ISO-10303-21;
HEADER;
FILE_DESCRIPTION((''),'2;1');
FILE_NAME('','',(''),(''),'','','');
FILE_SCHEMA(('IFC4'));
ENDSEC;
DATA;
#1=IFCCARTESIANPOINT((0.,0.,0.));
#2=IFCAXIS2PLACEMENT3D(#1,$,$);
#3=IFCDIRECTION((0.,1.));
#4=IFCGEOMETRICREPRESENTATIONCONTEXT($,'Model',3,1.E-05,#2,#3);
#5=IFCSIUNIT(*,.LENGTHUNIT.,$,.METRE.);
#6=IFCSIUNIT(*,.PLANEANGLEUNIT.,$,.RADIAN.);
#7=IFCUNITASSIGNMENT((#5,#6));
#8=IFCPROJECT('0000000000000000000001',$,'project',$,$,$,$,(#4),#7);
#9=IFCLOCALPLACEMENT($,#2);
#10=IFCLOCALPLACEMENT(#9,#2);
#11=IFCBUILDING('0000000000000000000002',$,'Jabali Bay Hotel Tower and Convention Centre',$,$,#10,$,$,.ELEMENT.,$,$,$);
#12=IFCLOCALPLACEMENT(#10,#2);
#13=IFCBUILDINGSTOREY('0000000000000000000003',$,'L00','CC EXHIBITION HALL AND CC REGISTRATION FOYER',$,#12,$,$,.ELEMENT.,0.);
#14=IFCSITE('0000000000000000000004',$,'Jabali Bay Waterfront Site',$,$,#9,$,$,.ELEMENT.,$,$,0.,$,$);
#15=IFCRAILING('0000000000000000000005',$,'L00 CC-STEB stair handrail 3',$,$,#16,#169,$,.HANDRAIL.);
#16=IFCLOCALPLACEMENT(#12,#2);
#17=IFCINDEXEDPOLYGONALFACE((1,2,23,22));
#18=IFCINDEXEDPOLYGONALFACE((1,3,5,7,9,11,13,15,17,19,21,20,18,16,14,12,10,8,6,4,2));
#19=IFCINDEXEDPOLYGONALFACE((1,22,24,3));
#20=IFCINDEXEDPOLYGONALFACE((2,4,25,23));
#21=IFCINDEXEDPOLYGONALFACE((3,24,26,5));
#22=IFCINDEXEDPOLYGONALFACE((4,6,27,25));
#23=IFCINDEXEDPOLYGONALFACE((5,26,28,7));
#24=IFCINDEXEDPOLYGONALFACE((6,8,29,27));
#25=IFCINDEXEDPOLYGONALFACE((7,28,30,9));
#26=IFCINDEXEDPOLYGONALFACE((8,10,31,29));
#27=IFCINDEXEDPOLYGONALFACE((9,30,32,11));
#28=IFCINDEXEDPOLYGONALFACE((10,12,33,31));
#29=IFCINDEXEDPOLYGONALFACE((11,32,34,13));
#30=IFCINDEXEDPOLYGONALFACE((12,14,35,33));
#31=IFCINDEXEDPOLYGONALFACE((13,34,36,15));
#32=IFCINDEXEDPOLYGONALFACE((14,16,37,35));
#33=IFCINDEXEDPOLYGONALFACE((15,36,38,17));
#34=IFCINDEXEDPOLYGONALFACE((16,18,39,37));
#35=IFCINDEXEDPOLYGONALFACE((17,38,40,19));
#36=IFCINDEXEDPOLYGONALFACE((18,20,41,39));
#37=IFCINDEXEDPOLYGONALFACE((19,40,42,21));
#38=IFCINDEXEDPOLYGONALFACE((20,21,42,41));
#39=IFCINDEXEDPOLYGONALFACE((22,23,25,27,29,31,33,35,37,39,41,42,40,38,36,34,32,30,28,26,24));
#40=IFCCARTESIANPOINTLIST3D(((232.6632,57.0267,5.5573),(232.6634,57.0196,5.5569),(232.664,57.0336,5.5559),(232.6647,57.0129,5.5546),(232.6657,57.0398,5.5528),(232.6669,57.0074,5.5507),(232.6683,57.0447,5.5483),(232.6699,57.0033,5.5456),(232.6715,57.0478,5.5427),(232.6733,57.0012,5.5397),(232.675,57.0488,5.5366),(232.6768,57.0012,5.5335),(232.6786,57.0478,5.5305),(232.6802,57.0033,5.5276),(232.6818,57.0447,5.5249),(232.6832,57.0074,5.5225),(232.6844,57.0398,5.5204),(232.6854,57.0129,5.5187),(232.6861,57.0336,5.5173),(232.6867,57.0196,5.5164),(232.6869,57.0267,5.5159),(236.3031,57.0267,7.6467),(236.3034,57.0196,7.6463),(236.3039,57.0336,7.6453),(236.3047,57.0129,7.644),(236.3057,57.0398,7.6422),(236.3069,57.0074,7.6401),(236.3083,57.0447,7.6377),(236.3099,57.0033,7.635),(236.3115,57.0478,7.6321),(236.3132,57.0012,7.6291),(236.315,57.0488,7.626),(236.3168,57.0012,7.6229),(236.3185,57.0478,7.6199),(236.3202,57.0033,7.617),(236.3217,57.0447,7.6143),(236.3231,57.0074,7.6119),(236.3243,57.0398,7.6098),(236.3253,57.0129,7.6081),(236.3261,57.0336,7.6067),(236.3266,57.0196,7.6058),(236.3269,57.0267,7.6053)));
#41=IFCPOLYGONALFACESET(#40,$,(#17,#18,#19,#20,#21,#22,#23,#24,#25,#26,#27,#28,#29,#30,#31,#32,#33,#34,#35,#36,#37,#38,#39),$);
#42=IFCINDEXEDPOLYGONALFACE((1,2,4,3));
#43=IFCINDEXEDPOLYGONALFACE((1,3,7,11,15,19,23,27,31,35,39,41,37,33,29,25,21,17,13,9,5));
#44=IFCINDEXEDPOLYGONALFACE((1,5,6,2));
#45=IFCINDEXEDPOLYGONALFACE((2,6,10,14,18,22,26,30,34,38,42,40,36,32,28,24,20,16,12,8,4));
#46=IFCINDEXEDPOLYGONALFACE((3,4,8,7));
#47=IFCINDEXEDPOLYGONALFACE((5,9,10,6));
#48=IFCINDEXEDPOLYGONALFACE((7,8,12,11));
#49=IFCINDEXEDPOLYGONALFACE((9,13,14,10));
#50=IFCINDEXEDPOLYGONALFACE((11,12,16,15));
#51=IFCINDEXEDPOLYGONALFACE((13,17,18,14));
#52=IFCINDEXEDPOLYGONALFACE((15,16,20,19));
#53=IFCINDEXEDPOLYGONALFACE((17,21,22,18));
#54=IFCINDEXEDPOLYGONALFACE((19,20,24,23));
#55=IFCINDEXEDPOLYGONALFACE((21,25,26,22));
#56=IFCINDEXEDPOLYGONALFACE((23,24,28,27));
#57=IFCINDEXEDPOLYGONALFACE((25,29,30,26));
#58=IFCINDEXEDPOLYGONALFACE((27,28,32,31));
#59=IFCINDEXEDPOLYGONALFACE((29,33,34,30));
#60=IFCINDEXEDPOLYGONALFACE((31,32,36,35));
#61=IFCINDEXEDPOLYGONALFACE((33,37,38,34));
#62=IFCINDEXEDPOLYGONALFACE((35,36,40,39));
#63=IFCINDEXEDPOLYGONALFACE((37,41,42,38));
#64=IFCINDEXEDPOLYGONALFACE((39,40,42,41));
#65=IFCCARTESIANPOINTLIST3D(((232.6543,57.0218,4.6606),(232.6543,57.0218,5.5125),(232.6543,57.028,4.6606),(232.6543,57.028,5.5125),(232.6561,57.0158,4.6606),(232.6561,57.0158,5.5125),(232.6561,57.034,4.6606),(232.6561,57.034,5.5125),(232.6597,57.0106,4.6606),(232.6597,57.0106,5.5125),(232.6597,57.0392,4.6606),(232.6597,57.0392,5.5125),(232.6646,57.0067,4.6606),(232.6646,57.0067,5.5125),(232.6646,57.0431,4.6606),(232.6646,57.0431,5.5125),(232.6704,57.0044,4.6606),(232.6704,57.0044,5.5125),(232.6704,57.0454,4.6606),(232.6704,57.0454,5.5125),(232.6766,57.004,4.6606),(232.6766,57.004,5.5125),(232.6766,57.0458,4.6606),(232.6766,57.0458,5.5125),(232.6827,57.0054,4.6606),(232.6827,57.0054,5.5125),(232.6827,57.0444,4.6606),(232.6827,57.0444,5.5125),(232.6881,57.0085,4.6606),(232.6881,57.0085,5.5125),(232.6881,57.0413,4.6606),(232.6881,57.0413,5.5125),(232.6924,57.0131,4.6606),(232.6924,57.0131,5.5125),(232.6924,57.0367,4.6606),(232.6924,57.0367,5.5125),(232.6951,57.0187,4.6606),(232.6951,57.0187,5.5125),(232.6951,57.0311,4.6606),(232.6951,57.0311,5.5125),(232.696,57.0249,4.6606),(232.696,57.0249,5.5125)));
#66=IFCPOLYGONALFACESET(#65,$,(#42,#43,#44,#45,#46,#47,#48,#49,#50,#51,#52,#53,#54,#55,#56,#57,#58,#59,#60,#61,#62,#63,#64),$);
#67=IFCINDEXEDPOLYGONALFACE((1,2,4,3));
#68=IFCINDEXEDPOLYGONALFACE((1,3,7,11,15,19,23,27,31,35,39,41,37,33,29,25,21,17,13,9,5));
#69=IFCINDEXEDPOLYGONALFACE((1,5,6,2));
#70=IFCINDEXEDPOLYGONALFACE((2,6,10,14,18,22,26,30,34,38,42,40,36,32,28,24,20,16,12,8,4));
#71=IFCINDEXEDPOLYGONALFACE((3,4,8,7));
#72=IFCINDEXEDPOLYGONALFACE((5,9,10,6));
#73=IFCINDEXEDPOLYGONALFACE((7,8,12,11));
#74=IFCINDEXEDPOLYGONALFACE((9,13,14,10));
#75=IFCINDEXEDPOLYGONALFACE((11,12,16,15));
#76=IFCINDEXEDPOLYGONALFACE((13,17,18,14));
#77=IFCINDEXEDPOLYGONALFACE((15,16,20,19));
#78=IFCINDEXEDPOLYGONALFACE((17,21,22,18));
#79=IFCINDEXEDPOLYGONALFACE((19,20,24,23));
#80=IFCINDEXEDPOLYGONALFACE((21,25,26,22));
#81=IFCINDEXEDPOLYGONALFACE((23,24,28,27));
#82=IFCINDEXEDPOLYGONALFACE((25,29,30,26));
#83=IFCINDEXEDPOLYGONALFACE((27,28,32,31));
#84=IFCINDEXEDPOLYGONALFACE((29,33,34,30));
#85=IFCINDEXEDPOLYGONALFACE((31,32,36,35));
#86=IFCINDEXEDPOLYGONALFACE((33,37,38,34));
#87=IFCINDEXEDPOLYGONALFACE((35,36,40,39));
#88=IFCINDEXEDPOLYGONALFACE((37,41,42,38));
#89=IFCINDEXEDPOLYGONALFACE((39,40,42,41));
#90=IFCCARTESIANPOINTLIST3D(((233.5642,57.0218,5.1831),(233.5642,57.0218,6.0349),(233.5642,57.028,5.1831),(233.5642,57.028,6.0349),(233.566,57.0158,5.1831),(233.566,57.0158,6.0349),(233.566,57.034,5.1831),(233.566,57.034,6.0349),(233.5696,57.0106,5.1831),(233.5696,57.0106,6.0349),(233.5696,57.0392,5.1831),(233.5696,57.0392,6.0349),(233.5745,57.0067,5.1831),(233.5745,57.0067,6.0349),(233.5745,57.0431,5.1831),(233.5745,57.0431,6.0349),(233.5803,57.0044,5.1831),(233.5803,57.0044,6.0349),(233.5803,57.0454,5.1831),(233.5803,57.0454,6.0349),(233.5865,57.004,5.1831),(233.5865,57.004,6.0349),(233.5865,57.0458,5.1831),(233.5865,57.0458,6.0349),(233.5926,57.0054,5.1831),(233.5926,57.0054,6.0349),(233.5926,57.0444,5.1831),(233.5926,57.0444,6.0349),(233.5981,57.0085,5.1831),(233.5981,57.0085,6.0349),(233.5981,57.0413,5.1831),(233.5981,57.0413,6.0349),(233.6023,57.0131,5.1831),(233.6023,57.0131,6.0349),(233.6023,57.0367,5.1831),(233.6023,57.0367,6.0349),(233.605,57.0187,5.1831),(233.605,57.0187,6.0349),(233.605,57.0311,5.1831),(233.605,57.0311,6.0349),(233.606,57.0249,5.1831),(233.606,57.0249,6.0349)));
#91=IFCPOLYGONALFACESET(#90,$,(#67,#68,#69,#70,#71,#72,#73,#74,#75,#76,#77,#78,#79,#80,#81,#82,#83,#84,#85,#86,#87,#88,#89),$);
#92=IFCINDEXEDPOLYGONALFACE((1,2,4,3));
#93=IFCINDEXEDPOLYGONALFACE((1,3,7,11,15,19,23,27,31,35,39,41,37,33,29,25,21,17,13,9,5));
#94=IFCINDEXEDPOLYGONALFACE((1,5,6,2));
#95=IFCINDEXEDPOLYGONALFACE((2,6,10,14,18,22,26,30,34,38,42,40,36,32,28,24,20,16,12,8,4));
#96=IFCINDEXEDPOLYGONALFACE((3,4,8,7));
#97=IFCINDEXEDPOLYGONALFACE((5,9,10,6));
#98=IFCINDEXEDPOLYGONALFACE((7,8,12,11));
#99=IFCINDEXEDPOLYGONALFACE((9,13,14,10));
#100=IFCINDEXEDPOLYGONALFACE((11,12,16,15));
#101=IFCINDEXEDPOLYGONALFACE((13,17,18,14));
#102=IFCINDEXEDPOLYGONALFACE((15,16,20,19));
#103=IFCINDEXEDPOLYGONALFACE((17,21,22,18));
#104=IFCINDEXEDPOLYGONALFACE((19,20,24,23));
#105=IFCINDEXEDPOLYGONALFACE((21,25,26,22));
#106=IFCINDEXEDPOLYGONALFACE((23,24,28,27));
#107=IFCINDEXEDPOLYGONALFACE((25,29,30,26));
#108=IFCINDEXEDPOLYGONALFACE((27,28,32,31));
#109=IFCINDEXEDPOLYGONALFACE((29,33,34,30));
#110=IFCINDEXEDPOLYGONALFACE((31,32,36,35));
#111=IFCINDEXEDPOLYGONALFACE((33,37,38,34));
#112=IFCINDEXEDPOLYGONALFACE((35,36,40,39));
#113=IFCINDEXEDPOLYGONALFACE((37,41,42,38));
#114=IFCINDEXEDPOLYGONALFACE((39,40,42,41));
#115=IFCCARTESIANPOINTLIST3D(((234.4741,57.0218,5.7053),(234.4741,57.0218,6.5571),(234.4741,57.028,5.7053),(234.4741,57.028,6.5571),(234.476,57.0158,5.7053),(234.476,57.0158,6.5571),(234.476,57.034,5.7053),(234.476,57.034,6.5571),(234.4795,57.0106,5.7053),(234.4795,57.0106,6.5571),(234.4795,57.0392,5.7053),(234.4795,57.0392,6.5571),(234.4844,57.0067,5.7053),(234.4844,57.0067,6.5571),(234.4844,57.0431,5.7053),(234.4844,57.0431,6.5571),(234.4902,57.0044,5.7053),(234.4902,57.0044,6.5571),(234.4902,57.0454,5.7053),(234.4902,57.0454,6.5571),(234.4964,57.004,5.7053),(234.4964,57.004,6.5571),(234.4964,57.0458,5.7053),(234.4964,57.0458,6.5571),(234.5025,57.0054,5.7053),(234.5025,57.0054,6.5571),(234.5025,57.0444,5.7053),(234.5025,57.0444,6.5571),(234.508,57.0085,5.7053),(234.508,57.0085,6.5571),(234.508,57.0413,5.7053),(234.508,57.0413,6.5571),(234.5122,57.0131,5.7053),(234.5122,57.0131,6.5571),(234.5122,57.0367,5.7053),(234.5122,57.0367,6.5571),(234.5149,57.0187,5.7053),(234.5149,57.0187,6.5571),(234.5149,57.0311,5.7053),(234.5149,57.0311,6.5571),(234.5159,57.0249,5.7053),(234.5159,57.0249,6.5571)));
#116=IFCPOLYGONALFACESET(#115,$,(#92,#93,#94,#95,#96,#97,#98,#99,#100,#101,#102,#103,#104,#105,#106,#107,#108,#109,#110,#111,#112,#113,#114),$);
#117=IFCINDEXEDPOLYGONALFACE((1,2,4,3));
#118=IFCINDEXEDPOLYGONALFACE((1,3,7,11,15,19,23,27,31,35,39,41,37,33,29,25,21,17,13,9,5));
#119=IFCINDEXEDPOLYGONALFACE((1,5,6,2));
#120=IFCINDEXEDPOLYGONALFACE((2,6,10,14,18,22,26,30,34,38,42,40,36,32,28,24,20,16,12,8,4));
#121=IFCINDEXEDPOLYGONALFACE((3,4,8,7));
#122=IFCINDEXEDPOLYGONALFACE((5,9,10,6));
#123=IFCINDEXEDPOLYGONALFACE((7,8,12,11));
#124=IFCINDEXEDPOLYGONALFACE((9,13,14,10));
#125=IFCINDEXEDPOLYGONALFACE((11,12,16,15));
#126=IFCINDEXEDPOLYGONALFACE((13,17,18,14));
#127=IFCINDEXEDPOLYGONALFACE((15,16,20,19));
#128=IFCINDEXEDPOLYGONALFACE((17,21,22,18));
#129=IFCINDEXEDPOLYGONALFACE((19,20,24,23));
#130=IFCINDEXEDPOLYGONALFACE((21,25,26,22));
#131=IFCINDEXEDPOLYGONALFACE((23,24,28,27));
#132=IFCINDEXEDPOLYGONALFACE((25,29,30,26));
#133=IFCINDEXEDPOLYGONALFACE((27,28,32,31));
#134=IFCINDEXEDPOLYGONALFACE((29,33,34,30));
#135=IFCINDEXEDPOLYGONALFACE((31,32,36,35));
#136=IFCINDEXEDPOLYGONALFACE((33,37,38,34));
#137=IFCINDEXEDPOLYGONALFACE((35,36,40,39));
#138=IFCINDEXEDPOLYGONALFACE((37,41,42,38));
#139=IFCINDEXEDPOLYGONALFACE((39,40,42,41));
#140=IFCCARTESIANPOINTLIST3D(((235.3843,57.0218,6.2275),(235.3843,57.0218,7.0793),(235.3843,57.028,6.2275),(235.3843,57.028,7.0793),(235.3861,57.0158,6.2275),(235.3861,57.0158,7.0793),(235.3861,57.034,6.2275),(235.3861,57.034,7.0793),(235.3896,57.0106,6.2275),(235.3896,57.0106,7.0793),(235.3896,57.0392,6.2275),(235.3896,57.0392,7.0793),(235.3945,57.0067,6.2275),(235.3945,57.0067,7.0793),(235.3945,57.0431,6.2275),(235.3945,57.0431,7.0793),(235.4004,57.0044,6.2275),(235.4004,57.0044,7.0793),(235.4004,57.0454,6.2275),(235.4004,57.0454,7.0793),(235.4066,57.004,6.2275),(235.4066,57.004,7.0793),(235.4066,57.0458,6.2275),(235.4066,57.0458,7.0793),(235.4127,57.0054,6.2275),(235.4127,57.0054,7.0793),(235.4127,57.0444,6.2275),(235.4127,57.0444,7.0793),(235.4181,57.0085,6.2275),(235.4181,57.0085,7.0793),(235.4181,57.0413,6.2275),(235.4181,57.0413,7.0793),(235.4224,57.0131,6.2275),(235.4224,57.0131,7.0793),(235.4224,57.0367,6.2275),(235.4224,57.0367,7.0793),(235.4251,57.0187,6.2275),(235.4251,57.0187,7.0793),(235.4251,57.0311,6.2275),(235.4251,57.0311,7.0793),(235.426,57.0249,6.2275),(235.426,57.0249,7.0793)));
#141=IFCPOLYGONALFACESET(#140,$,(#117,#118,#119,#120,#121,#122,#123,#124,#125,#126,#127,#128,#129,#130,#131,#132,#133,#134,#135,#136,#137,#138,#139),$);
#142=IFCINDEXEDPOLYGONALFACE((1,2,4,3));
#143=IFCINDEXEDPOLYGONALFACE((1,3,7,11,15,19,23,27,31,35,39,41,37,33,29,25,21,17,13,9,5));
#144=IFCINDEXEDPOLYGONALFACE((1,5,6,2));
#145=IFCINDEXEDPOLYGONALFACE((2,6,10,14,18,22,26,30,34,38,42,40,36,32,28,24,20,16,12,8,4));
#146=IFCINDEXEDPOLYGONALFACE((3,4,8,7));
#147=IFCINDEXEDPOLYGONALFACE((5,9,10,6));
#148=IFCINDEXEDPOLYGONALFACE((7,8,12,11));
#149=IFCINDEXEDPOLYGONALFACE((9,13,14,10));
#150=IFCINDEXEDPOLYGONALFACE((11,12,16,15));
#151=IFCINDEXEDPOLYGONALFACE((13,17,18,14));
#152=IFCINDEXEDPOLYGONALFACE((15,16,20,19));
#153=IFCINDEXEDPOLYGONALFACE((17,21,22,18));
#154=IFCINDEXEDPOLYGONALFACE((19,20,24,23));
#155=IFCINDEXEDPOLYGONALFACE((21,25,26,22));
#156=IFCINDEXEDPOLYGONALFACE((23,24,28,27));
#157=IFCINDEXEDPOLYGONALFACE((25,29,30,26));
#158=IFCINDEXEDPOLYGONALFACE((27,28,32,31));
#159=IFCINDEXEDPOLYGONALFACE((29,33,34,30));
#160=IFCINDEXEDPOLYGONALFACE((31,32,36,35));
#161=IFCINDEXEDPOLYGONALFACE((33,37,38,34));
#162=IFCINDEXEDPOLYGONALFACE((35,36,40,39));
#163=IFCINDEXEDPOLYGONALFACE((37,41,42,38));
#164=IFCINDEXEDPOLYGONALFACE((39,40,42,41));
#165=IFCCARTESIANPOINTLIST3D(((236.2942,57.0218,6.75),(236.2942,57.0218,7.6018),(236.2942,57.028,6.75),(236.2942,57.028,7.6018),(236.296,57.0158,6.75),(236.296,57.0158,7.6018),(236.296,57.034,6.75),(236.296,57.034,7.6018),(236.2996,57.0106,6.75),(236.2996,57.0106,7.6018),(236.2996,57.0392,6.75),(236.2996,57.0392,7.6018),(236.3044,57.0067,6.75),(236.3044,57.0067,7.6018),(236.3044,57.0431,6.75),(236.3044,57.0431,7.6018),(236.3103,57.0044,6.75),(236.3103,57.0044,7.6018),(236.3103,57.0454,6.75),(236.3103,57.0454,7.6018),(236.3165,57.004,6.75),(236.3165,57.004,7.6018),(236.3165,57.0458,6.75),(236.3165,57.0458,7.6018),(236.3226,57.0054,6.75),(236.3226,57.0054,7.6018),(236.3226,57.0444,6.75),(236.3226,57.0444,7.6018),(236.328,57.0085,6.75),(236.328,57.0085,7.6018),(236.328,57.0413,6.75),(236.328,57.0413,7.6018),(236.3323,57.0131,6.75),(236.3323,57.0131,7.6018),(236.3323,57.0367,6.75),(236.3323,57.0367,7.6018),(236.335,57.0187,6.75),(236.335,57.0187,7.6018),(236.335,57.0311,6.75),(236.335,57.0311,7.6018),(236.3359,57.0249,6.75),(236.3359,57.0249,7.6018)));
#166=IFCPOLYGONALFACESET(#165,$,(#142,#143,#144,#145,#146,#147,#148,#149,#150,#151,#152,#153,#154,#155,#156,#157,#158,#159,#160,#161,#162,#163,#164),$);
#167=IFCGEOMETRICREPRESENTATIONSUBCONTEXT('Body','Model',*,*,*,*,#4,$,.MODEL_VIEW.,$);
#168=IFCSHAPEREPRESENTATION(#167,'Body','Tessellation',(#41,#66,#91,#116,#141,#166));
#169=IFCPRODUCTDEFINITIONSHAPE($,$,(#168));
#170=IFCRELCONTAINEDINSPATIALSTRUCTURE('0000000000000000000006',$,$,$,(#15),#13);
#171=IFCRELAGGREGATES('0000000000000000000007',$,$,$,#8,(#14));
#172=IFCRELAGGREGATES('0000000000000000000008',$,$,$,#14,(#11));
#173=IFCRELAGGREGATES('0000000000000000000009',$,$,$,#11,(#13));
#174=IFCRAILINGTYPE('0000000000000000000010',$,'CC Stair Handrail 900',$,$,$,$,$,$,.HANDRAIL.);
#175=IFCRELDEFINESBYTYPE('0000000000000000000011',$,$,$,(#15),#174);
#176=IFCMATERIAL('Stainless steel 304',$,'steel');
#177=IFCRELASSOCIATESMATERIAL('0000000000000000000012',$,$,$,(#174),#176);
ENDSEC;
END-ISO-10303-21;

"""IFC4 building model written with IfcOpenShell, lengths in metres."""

from ifc_helpers import new_model, si_unit, direction, frame, origin, origin_2d, place, context, subcontext, project, spatial, circle, extrude, material, type_object, element, save


model = new_model("IFC4")

# Units and contexts
model_context = context("Model", 3, precision=1e-05, world=origin(), true_north=direction((0.0, 1.0)))
body_context = subcontext(model_context, "Body", "Model", "MODEL_VIEW")
ifc_project = project(units=[si_unit("LENGTHUNIT", "METRE"), si_unit("PLANEANGLEUNIT", "RADIAN")], contexts=[model_context])

# Site, building, storey
site_placement = place(None, origin())
site = spatial("IfcSite", under=ifc_project, at=site_placement, Name="Jabali Bay Waterfront Site", CompositionType="ELEMENT", RefElevation=0.0)
building_placement = place(site_placement, origin())
building = spatial("IfcBuilding", under=site, at=building_placement, Name="Jabali Bay Hotel Tower and Convention Centre", CompositionType="ELEMENT")
storey_placement = place(building_placement, origin())
storey = spatial("IfcBuildingStorey", under=building, at=storey_placement, Name="L00", Description="CC EXHIBITION HALL AND CC REGISTRATION FOYER", CompositionType="ELEMENT", Elevation=0.0)

# Railing
ifc_material_1 = material(Name="Stainless steel 304", Category="steel")
railing_type_1 = type_object("IfcRailingType", Name="CC Stair Handrail 900", PredefinedType="HANDRAIL", material=ifc_material_1)
railing_1_placement = place(storey_placement, frame((232.675, 57.0249, 4.6606)))
element("IfcRailing", 1, at=railing_1_placement, inside=storey, type_object=railing_type_1, Name="L00 CC-STEB stair handrail 3", PredefinedType="HANDRAIL", context=body_context, shape_type="SweptSolid", body=[
    extrude(circle(Radius=0.0239, at=origin_2d()), frame((0.0, 0.0, 0.876), z_axis=(0.867275, 0.0, 0.497829), x_axis=(0.0, 1.0, 0.0)), (0.0, 0.0, 1.0), 4.197),
    extrude(circle(Radius=0.021, at=origin_2d()), origin(), (0.0, 0.0, 1.0), 0.8518),
    extrude(circle(Radius=0.021, at=origin_2d()), frame((0.9099, 0.0, 0.5225)), (0.0, 0.0, 1.0), 0.8518),
    extrude(circle(Radius=0.021, at=origin_2d()), frame((1.8198, 0.0, 1.0447)), (0.0, 0.0, 1.0), 0.8518),
    extrude(circle(Radius=0.021, at=origin_2d()), frame((2.73, 0.0, 1.5669)), (0.0, 0.0, 1.0), 0.8518),
    extrude(circle(Radius=0.021, at=origin_2d()), frame((3.6399, 0.0, 2.0894)), (0.0, 0.0, 1.0), 0.8518),
])

save(model, "model.ifc")
